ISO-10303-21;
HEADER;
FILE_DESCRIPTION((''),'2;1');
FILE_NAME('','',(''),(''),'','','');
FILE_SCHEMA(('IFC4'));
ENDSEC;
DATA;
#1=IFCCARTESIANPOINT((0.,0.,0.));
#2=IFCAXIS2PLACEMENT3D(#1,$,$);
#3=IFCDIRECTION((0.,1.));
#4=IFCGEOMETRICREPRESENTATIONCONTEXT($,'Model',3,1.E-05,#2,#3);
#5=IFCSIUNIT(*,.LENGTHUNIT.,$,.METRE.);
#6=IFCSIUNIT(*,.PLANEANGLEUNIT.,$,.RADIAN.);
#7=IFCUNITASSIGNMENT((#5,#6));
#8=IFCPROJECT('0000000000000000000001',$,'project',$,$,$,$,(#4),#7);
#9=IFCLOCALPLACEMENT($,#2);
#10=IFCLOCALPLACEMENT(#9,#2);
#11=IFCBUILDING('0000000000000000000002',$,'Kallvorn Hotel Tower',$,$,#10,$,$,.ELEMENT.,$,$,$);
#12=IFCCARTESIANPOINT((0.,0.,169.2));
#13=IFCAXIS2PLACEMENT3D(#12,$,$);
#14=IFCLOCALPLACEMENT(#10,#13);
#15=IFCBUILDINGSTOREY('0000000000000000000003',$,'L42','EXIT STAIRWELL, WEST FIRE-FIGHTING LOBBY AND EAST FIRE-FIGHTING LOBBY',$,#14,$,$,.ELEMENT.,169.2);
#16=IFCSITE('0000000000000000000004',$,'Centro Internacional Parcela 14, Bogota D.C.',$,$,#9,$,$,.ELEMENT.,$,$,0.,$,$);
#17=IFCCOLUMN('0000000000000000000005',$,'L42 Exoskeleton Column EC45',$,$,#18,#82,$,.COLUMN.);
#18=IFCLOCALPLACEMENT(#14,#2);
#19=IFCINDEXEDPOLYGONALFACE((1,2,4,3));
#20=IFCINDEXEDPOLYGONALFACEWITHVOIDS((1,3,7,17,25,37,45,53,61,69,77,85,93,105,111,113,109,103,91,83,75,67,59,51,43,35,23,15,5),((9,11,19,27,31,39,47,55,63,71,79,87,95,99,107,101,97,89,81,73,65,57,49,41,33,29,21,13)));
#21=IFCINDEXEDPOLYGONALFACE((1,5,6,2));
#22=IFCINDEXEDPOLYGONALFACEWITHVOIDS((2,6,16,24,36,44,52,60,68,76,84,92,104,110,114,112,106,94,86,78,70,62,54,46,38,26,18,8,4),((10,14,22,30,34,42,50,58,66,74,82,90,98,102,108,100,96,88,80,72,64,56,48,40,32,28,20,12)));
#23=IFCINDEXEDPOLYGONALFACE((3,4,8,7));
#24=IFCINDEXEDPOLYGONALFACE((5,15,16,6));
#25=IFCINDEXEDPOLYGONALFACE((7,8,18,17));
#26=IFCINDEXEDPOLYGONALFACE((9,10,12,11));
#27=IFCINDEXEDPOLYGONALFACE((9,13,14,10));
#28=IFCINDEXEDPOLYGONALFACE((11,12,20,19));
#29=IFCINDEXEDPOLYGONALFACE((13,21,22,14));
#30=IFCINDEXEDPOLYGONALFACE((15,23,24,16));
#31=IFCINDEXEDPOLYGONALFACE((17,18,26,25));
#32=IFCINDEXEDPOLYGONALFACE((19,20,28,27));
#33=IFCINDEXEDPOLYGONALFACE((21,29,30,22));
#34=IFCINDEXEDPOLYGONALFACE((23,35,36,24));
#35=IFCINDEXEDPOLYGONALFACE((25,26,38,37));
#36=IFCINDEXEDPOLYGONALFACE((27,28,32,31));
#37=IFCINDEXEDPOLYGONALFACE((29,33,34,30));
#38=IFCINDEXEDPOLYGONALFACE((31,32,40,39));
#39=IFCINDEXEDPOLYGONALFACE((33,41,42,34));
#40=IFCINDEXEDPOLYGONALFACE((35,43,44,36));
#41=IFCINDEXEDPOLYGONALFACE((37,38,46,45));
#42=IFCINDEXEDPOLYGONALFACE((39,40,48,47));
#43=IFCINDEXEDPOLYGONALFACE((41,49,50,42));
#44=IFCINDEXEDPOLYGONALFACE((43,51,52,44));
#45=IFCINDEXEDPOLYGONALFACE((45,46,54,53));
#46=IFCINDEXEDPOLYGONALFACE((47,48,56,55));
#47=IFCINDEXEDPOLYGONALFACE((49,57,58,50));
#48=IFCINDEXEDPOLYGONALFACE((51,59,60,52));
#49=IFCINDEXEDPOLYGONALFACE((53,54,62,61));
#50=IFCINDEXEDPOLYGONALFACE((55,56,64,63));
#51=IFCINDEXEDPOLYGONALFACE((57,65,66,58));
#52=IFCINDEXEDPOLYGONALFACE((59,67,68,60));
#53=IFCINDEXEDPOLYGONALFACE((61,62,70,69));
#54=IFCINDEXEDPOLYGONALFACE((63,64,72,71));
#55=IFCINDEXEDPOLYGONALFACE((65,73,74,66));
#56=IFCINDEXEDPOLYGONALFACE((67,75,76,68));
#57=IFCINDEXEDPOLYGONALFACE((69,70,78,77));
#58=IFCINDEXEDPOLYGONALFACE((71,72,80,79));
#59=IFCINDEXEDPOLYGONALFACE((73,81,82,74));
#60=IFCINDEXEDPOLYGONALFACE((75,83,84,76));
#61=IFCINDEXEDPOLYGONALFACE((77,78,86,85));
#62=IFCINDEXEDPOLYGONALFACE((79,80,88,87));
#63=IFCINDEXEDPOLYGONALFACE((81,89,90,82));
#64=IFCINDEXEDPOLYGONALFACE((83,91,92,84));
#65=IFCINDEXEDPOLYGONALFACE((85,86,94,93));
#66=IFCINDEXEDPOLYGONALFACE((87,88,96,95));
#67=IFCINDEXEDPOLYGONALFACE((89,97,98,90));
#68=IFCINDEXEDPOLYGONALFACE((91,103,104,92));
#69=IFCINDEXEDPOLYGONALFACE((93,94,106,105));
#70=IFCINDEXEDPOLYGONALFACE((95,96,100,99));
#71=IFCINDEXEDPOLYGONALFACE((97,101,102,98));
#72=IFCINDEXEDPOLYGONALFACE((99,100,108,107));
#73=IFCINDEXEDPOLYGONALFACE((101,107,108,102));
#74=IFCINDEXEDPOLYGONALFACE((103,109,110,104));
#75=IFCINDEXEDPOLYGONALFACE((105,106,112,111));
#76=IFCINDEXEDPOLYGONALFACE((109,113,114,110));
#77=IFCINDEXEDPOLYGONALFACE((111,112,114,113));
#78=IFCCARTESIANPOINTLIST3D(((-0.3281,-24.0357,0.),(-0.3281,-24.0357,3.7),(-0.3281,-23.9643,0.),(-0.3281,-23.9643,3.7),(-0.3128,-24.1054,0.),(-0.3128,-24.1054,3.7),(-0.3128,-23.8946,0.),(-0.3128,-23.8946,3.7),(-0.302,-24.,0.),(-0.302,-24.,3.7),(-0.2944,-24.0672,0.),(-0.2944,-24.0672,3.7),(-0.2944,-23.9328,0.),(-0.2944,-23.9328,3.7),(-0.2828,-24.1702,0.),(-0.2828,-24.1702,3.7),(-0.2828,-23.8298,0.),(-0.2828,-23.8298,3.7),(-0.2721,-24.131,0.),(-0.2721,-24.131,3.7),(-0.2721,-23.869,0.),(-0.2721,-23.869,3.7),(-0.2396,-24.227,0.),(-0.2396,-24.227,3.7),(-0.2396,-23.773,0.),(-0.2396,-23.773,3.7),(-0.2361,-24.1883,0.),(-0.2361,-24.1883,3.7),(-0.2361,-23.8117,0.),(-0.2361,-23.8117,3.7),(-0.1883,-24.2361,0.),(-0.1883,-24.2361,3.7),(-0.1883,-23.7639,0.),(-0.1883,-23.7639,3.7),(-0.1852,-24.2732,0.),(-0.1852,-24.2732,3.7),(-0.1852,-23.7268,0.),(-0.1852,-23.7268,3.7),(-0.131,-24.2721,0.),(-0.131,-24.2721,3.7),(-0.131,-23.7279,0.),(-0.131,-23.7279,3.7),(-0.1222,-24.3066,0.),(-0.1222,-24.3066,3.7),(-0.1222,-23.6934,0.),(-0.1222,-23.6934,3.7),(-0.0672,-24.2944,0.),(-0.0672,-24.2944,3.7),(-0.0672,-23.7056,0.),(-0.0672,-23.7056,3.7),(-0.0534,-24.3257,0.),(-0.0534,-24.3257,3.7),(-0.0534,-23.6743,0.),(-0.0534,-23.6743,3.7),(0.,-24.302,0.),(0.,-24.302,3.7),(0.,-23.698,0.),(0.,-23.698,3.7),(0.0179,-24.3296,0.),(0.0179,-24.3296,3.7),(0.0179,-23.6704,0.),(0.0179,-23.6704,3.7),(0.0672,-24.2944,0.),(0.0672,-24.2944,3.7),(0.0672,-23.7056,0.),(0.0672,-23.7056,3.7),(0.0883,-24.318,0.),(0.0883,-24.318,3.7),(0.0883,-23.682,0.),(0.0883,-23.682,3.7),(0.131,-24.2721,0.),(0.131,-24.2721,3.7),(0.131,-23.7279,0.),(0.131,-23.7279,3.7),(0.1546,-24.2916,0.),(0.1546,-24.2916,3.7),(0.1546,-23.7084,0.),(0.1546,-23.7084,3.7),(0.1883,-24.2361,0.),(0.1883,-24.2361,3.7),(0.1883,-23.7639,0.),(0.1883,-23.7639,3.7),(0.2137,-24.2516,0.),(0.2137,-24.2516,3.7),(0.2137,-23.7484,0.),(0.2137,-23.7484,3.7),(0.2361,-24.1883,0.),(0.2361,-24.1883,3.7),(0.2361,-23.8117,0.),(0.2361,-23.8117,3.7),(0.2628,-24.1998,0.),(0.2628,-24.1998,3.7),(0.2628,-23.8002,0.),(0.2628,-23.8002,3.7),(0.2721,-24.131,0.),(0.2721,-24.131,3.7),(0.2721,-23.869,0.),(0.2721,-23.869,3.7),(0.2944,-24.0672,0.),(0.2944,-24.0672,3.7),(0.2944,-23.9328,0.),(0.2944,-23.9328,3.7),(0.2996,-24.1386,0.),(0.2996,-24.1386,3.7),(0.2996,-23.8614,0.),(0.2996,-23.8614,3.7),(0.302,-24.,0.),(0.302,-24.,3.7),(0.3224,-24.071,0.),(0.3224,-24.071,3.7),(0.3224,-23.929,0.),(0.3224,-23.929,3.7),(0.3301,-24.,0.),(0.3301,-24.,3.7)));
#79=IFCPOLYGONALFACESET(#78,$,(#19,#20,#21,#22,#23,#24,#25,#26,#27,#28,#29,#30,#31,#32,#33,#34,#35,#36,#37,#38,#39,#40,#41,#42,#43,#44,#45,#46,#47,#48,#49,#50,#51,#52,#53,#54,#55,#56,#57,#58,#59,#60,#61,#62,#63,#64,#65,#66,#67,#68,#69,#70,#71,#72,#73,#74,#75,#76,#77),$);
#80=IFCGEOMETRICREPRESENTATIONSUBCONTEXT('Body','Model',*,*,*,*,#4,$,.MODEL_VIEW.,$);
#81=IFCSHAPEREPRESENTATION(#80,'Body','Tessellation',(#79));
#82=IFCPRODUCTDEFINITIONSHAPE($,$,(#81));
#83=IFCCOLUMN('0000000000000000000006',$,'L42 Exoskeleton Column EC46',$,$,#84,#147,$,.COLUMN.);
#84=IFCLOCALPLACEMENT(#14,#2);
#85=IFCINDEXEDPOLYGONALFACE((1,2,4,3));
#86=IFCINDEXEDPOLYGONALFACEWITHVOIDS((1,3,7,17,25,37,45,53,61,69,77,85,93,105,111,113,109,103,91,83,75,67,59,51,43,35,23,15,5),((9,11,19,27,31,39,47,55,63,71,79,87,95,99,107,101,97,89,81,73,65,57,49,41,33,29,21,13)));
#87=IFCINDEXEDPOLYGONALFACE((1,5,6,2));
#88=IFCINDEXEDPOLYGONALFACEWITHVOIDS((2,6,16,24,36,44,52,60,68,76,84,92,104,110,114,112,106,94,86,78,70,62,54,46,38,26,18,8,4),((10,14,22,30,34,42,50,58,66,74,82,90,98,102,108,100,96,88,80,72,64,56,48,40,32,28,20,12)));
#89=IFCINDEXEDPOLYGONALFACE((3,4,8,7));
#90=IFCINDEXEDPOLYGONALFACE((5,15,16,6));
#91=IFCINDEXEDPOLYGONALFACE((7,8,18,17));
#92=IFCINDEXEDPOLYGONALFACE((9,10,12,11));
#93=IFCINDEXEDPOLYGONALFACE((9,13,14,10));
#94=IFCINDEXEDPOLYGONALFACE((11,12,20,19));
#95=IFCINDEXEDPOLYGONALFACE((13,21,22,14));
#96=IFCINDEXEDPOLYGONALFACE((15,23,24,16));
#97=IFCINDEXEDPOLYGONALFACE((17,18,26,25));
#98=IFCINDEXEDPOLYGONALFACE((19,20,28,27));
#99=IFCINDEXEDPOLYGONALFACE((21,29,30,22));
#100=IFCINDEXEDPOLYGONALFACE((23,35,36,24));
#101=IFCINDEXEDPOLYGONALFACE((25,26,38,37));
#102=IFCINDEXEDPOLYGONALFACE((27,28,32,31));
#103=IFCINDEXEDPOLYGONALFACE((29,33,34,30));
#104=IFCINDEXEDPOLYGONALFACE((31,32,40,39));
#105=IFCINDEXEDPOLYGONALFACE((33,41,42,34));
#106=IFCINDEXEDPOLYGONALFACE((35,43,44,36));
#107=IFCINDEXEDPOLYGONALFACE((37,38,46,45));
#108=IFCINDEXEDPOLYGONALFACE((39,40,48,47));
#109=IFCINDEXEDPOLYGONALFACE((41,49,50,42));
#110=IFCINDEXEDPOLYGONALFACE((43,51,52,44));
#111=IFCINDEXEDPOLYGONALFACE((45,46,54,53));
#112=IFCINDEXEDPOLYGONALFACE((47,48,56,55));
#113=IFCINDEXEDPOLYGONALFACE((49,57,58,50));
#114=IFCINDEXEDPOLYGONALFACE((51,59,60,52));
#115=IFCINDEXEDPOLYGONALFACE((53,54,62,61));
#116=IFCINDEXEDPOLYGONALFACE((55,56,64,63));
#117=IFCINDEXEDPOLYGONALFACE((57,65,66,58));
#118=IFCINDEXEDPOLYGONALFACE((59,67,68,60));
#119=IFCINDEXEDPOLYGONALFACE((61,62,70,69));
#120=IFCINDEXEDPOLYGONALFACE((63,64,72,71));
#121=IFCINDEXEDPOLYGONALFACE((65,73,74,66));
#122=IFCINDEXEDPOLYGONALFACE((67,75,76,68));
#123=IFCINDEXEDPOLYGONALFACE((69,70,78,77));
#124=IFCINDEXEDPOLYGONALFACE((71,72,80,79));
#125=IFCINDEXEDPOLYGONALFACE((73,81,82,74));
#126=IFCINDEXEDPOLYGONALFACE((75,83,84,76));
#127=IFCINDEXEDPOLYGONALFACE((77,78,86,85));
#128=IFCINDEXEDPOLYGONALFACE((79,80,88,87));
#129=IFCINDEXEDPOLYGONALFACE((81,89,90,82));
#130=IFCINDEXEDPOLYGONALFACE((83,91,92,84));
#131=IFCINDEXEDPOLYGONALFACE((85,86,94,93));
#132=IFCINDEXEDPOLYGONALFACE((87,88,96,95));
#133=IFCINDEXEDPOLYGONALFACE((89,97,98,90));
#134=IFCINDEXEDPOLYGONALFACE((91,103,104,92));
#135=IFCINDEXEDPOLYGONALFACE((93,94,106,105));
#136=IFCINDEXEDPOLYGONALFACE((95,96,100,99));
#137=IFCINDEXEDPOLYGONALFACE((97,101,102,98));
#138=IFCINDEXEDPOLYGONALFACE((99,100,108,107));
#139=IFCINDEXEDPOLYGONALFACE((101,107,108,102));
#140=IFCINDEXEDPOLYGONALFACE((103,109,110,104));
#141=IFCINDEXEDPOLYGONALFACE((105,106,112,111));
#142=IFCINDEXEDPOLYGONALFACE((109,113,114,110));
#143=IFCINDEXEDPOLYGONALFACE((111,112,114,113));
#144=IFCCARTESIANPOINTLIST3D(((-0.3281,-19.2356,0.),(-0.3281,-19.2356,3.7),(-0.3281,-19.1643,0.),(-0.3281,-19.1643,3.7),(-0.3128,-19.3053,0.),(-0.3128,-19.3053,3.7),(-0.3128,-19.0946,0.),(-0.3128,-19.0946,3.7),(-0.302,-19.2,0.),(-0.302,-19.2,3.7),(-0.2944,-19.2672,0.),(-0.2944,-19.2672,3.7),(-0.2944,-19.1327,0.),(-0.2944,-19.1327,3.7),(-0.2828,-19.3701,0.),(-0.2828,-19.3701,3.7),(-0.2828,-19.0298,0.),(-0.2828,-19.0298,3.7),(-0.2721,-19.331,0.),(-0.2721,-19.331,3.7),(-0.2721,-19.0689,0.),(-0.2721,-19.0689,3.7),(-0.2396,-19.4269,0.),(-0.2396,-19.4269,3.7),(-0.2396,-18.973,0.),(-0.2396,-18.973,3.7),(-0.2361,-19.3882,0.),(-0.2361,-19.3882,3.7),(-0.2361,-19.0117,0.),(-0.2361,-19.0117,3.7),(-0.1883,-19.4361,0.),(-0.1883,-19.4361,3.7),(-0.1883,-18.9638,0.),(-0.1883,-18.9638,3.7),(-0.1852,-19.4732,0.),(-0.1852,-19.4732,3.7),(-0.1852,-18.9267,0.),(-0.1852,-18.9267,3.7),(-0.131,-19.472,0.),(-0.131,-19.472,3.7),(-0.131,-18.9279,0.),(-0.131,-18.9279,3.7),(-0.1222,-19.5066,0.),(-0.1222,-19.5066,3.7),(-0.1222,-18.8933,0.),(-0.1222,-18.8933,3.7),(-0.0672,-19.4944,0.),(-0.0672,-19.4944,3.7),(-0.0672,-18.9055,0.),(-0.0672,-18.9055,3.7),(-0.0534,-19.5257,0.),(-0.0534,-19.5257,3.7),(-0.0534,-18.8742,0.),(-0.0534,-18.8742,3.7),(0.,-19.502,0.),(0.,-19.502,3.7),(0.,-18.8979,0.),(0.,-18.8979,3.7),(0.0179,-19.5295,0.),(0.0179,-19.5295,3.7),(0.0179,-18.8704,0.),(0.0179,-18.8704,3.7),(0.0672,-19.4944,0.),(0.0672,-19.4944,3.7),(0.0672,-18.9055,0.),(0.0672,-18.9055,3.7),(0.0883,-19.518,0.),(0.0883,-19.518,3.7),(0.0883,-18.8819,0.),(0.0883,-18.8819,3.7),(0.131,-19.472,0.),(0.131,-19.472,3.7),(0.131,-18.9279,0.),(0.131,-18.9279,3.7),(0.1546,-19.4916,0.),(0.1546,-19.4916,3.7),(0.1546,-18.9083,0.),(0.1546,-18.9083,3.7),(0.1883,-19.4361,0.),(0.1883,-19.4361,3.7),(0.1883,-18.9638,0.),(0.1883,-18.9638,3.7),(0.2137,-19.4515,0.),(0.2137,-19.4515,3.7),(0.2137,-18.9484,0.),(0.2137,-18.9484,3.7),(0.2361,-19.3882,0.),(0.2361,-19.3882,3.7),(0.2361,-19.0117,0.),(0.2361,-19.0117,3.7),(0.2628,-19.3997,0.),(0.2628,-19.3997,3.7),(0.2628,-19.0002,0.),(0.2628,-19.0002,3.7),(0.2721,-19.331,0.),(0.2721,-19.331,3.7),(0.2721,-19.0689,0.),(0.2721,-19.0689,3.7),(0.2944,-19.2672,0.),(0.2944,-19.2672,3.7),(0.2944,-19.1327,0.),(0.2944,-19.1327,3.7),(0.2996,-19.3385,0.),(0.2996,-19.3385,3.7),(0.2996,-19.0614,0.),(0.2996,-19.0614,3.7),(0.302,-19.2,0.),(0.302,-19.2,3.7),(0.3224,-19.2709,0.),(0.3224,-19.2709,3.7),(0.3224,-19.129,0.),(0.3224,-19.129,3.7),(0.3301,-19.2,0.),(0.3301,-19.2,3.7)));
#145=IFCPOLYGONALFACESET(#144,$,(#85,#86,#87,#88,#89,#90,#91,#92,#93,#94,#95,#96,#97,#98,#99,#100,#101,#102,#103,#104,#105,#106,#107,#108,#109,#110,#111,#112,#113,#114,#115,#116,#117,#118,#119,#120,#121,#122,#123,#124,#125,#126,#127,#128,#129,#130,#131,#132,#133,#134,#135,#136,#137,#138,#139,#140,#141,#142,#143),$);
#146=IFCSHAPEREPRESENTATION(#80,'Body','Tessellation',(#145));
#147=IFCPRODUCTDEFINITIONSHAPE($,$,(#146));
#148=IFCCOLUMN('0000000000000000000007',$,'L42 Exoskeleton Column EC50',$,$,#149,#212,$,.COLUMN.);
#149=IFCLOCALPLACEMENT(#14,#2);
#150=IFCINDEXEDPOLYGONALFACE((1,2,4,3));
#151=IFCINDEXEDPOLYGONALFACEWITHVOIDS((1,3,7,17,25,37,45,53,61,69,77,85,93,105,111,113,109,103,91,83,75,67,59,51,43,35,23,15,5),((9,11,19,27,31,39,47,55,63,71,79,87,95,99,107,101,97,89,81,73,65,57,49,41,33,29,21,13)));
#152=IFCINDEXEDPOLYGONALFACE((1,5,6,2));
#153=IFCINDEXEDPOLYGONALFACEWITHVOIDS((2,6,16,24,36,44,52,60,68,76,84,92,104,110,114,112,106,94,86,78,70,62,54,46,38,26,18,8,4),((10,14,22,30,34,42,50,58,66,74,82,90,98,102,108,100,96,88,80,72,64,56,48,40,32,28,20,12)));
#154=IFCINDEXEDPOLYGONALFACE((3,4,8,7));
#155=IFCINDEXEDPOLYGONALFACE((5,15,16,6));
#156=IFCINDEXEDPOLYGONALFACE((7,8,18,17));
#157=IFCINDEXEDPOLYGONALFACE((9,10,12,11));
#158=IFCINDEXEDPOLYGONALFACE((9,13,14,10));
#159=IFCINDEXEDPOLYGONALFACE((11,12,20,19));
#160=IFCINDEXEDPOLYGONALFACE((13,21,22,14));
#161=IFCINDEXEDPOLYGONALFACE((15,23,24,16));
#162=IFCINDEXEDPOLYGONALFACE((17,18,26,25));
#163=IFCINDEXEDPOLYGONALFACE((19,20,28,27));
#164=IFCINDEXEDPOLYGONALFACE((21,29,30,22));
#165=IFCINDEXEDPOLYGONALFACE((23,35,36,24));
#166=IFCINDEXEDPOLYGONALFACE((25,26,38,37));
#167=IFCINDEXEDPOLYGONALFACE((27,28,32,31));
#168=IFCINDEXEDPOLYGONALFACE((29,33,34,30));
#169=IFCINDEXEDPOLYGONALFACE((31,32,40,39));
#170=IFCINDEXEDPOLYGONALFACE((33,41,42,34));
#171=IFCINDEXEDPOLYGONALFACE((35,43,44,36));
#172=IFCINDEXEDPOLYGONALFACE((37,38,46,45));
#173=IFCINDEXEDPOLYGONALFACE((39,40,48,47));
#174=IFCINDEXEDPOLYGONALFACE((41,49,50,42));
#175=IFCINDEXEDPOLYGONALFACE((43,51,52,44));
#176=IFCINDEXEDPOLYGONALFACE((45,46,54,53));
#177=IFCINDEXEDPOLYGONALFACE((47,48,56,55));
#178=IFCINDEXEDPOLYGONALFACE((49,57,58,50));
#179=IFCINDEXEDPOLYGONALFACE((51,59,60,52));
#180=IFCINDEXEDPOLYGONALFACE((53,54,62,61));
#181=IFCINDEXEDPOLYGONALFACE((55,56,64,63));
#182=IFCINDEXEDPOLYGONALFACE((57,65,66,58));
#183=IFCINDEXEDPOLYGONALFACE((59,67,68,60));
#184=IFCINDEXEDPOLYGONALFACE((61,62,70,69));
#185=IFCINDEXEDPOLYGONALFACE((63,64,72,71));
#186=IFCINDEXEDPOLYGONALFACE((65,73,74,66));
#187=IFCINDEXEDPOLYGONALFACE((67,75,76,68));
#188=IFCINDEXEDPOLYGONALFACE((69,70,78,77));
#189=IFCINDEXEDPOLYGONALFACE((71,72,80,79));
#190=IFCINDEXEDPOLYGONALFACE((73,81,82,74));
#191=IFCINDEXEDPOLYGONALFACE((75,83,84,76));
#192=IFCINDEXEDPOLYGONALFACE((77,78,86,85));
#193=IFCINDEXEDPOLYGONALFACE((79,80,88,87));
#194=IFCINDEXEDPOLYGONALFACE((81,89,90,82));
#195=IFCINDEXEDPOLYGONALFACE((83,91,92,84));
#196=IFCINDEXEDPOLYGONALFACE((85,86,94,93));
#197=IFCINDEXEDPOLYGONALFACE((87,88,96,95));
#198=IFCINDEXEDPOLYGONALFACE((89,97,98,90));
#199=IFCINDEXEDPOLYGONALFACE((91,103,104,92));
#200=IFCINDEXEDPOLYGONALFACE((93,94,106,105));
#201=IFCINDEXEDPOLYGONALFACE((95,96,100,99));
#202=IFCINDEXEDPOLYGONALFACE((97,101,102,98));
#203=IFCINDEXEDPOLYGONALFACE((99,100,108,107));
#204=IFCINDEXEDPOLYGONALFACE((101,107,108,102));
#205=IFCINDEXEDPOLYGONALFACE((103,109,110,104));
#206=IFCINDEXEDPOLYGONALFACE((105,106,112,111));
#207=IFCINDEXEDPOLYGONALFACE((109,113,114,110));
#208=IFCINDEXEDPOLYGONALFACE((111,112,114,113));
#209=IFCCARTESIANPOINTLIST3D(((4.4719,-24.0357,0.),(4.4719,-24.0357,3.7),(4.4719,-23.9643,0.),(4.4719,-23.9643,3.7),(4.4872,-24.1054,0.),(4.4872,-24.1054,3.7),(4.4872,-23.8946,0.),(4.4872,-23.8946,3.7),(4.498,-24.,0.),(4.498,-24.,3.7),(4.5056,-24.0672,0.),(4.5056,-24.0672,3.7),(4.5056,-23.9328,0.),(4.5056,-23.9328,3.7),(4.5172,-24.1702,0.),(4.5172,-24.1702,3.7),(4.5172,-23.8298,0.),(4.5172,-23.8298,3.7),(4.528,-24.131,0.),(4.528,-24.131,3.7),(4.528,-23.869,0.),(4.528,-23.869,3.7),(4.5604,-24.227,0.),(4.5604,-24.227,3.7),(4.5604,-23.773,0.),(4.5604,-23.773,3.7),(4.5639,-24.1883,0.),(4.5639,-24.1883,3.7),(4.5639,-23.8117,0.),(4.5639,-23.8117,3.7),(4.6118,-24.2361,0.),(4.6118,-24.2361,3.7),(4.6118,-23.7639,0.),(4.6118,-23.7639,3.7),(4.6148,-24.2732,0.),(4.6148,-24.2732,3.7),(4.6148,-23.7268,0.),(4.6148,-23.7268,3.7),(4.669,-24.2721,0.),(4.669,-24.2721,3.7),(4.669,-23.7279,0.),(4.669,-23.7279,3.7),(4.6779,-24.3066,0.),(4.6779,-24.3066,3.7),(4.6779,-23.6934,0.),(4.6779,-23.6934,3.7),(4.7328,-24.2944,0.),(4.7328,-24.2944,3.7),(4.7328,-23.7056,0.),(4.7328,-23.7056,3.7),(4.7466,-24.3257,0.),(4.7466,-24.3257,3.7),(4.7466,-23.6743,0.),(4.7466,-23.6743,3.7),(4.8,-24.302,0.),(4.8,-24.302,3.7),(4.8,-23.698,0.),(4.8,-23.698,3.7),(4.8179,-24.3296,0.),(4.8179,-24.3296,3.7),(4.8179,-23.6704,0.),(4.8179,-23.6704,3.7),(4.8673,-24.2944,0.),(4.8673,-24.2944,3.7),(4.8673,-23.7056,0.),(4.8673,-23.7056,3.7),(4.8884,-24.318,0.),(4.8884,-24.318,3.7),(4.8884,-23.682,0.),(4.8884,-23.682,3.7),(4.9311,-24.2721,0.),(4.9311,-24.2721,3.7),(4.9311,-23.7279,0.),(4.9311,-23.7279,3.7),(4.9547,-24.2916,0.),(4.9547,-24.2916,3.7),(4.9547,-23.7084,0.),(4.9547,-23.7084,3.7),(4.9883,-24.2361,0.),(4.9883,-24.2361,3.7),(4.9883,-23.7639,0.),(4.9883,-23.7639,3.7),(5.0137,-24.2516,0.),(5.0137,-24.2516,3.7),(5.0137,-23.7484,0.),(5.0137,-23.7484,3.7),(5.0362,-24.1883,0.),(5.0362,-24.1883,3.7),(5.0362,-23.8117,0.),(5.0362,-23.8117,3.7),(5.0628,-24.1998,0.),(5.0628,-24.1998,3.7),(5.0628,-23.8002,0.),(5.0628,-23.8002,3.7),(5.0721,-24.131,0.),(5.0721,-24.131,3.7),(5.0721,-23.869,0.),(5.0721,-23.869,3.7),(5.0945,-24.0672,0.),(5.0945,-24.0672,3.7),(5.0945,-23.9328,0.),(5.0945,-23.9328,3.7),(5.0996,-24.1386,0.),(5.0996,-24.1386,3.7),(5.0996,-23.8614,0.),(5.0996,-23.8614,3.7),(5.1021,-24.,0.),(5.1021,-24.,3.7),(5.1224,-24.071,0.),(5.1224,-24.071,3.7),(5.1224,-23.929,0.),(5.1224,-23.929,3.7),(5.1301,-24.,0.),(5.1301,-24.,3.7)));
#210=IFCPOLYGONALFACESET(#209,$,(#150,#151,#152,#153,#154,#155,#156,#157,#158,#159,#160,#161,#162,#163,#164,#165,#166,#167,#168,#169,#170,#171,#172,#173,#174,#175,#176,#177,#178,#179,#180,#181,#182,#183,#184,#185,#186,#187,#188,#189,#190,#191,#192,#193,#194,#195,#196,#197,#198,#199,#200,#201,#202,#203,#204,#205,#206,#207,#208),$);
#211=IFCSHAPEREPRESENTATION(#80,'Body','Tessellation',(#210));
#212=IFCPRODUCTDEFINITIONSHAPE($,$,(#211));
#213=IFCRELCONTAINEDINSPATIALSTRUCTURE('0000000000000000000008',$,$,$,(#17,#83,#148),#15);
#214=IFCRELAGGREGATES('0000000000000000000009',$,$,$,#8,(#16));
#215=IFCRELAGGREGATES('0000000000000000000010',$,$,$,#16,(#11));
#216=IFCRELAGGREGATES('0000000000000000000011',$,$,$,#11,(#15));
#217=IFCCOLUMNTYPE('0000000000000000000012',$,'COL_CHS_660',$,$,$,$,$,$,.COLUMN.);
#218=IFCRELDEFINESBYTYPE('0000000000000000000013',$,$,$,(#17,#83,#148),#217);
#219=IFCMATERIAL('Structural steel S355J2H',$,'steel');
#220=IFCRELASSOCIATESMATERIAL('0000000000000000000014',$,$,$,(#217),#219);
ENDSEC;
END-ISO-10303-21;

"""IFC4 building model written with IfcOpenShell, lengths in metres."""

from ifc_helpers import new_model, si_unit, direction, frame, origin, origin_2d, place, context, subcontext, project, spatial, hollow_circle, extrude, material, material_profile, profile_set, type_object, element, save


model = new_model("IFC4")

# Units and contexts
model_context = context("Model", 3, precision=1e-05, world=origin(), true_north=direction((0.0, 1.0)))
body_context = subcontext(model_context, "Body", "Model", "MODEL_VIEW")
ifc_project = project(units=[si_unit("LENGTHUNIT", "METRE"), si_unit("PLANEANGLEUNIT", "RADIAN")], contexts=[model_context])

# Site, building, storey
site_placement = place(None, origin())
site = spatial("IfcSite", under=ifc_project, at=site_placement, Name="Centro Internacional Parcela 14, Bogota D.C.", CompositionType="ELEMENT", RefElevation=0.0)
building_placement = place(site_placement, origin())
building = spatial("IfcBuilding", under=site, at=building_placement, Name="Kallvorn Hotel Tower", CompositionType="ELEMENT")
storey_placement = place(building_placement, frame((0.0, 0.0, 169.2)))
storey = spatial("IfcBuildingStorey", under=building, at=storey_placement, Name="L42", Description="EXIT STAIRWELL, WEST FIRE-FIGHTING LOBBY AND EAST FIRE-FIGHTING LOBBY", CompositionType="ELEMENT", Elevation=169.2)

# Columns
ifc_material_1 = material(Name="Structural steel S355J2H", Category="steel")
ifc_material_profile_1 = material_profile(ifc_material_1, hollow_circle(Radius=0.3301, WallThickness=0.0281, at=origin_2d()), Name="CHS 660x28")
ifc_profile_set_1 = profile_set([ifc_material_profile_1], Name="Structural steel S355J2H")
column_type_1 = type_object("IfcColumnType", Name="COL_CHS_660", PredefinedType="COLUMN", material=ifc_profile_set_1)
for number, where, z_axis, x_axis, name in (
    (1, (0.0, -24.0, 0.0), (0.0, 0.0, 1.0), (1.0, 0.0, 0.0), "L42 Exoskeleton Column EC45"),
    (2, (0.0, -19.2, 0.0), (0.0, 0.0, 1.0), (1.0, 0.0, 0.0), "L42 Exoskeleton Column EC46"),
    (3, (4.8, -24.0, 0.0), (0.0, 0.0, 1.0), (1.0, 0.0, 0.0), "L42 Exoskeleton Column EC50"),
):
    element("IfcColumn", number, at=place(storey_placement, frame(where, z_axis=z_axis, x_axis=x_axis)), inside=storey, type_object=column_type_1, Name=name, PredefinedType="COLUMN", context=body_context, shape_type="SweptSolid", body=[
        extrude(hollow_circle(Radius=0.3301, WallThickness=0.0281, at=origin_2d()), origin(), (0.0, 0.0, 1.0), 3.7),
    ])

save(model, "model.ifc")
